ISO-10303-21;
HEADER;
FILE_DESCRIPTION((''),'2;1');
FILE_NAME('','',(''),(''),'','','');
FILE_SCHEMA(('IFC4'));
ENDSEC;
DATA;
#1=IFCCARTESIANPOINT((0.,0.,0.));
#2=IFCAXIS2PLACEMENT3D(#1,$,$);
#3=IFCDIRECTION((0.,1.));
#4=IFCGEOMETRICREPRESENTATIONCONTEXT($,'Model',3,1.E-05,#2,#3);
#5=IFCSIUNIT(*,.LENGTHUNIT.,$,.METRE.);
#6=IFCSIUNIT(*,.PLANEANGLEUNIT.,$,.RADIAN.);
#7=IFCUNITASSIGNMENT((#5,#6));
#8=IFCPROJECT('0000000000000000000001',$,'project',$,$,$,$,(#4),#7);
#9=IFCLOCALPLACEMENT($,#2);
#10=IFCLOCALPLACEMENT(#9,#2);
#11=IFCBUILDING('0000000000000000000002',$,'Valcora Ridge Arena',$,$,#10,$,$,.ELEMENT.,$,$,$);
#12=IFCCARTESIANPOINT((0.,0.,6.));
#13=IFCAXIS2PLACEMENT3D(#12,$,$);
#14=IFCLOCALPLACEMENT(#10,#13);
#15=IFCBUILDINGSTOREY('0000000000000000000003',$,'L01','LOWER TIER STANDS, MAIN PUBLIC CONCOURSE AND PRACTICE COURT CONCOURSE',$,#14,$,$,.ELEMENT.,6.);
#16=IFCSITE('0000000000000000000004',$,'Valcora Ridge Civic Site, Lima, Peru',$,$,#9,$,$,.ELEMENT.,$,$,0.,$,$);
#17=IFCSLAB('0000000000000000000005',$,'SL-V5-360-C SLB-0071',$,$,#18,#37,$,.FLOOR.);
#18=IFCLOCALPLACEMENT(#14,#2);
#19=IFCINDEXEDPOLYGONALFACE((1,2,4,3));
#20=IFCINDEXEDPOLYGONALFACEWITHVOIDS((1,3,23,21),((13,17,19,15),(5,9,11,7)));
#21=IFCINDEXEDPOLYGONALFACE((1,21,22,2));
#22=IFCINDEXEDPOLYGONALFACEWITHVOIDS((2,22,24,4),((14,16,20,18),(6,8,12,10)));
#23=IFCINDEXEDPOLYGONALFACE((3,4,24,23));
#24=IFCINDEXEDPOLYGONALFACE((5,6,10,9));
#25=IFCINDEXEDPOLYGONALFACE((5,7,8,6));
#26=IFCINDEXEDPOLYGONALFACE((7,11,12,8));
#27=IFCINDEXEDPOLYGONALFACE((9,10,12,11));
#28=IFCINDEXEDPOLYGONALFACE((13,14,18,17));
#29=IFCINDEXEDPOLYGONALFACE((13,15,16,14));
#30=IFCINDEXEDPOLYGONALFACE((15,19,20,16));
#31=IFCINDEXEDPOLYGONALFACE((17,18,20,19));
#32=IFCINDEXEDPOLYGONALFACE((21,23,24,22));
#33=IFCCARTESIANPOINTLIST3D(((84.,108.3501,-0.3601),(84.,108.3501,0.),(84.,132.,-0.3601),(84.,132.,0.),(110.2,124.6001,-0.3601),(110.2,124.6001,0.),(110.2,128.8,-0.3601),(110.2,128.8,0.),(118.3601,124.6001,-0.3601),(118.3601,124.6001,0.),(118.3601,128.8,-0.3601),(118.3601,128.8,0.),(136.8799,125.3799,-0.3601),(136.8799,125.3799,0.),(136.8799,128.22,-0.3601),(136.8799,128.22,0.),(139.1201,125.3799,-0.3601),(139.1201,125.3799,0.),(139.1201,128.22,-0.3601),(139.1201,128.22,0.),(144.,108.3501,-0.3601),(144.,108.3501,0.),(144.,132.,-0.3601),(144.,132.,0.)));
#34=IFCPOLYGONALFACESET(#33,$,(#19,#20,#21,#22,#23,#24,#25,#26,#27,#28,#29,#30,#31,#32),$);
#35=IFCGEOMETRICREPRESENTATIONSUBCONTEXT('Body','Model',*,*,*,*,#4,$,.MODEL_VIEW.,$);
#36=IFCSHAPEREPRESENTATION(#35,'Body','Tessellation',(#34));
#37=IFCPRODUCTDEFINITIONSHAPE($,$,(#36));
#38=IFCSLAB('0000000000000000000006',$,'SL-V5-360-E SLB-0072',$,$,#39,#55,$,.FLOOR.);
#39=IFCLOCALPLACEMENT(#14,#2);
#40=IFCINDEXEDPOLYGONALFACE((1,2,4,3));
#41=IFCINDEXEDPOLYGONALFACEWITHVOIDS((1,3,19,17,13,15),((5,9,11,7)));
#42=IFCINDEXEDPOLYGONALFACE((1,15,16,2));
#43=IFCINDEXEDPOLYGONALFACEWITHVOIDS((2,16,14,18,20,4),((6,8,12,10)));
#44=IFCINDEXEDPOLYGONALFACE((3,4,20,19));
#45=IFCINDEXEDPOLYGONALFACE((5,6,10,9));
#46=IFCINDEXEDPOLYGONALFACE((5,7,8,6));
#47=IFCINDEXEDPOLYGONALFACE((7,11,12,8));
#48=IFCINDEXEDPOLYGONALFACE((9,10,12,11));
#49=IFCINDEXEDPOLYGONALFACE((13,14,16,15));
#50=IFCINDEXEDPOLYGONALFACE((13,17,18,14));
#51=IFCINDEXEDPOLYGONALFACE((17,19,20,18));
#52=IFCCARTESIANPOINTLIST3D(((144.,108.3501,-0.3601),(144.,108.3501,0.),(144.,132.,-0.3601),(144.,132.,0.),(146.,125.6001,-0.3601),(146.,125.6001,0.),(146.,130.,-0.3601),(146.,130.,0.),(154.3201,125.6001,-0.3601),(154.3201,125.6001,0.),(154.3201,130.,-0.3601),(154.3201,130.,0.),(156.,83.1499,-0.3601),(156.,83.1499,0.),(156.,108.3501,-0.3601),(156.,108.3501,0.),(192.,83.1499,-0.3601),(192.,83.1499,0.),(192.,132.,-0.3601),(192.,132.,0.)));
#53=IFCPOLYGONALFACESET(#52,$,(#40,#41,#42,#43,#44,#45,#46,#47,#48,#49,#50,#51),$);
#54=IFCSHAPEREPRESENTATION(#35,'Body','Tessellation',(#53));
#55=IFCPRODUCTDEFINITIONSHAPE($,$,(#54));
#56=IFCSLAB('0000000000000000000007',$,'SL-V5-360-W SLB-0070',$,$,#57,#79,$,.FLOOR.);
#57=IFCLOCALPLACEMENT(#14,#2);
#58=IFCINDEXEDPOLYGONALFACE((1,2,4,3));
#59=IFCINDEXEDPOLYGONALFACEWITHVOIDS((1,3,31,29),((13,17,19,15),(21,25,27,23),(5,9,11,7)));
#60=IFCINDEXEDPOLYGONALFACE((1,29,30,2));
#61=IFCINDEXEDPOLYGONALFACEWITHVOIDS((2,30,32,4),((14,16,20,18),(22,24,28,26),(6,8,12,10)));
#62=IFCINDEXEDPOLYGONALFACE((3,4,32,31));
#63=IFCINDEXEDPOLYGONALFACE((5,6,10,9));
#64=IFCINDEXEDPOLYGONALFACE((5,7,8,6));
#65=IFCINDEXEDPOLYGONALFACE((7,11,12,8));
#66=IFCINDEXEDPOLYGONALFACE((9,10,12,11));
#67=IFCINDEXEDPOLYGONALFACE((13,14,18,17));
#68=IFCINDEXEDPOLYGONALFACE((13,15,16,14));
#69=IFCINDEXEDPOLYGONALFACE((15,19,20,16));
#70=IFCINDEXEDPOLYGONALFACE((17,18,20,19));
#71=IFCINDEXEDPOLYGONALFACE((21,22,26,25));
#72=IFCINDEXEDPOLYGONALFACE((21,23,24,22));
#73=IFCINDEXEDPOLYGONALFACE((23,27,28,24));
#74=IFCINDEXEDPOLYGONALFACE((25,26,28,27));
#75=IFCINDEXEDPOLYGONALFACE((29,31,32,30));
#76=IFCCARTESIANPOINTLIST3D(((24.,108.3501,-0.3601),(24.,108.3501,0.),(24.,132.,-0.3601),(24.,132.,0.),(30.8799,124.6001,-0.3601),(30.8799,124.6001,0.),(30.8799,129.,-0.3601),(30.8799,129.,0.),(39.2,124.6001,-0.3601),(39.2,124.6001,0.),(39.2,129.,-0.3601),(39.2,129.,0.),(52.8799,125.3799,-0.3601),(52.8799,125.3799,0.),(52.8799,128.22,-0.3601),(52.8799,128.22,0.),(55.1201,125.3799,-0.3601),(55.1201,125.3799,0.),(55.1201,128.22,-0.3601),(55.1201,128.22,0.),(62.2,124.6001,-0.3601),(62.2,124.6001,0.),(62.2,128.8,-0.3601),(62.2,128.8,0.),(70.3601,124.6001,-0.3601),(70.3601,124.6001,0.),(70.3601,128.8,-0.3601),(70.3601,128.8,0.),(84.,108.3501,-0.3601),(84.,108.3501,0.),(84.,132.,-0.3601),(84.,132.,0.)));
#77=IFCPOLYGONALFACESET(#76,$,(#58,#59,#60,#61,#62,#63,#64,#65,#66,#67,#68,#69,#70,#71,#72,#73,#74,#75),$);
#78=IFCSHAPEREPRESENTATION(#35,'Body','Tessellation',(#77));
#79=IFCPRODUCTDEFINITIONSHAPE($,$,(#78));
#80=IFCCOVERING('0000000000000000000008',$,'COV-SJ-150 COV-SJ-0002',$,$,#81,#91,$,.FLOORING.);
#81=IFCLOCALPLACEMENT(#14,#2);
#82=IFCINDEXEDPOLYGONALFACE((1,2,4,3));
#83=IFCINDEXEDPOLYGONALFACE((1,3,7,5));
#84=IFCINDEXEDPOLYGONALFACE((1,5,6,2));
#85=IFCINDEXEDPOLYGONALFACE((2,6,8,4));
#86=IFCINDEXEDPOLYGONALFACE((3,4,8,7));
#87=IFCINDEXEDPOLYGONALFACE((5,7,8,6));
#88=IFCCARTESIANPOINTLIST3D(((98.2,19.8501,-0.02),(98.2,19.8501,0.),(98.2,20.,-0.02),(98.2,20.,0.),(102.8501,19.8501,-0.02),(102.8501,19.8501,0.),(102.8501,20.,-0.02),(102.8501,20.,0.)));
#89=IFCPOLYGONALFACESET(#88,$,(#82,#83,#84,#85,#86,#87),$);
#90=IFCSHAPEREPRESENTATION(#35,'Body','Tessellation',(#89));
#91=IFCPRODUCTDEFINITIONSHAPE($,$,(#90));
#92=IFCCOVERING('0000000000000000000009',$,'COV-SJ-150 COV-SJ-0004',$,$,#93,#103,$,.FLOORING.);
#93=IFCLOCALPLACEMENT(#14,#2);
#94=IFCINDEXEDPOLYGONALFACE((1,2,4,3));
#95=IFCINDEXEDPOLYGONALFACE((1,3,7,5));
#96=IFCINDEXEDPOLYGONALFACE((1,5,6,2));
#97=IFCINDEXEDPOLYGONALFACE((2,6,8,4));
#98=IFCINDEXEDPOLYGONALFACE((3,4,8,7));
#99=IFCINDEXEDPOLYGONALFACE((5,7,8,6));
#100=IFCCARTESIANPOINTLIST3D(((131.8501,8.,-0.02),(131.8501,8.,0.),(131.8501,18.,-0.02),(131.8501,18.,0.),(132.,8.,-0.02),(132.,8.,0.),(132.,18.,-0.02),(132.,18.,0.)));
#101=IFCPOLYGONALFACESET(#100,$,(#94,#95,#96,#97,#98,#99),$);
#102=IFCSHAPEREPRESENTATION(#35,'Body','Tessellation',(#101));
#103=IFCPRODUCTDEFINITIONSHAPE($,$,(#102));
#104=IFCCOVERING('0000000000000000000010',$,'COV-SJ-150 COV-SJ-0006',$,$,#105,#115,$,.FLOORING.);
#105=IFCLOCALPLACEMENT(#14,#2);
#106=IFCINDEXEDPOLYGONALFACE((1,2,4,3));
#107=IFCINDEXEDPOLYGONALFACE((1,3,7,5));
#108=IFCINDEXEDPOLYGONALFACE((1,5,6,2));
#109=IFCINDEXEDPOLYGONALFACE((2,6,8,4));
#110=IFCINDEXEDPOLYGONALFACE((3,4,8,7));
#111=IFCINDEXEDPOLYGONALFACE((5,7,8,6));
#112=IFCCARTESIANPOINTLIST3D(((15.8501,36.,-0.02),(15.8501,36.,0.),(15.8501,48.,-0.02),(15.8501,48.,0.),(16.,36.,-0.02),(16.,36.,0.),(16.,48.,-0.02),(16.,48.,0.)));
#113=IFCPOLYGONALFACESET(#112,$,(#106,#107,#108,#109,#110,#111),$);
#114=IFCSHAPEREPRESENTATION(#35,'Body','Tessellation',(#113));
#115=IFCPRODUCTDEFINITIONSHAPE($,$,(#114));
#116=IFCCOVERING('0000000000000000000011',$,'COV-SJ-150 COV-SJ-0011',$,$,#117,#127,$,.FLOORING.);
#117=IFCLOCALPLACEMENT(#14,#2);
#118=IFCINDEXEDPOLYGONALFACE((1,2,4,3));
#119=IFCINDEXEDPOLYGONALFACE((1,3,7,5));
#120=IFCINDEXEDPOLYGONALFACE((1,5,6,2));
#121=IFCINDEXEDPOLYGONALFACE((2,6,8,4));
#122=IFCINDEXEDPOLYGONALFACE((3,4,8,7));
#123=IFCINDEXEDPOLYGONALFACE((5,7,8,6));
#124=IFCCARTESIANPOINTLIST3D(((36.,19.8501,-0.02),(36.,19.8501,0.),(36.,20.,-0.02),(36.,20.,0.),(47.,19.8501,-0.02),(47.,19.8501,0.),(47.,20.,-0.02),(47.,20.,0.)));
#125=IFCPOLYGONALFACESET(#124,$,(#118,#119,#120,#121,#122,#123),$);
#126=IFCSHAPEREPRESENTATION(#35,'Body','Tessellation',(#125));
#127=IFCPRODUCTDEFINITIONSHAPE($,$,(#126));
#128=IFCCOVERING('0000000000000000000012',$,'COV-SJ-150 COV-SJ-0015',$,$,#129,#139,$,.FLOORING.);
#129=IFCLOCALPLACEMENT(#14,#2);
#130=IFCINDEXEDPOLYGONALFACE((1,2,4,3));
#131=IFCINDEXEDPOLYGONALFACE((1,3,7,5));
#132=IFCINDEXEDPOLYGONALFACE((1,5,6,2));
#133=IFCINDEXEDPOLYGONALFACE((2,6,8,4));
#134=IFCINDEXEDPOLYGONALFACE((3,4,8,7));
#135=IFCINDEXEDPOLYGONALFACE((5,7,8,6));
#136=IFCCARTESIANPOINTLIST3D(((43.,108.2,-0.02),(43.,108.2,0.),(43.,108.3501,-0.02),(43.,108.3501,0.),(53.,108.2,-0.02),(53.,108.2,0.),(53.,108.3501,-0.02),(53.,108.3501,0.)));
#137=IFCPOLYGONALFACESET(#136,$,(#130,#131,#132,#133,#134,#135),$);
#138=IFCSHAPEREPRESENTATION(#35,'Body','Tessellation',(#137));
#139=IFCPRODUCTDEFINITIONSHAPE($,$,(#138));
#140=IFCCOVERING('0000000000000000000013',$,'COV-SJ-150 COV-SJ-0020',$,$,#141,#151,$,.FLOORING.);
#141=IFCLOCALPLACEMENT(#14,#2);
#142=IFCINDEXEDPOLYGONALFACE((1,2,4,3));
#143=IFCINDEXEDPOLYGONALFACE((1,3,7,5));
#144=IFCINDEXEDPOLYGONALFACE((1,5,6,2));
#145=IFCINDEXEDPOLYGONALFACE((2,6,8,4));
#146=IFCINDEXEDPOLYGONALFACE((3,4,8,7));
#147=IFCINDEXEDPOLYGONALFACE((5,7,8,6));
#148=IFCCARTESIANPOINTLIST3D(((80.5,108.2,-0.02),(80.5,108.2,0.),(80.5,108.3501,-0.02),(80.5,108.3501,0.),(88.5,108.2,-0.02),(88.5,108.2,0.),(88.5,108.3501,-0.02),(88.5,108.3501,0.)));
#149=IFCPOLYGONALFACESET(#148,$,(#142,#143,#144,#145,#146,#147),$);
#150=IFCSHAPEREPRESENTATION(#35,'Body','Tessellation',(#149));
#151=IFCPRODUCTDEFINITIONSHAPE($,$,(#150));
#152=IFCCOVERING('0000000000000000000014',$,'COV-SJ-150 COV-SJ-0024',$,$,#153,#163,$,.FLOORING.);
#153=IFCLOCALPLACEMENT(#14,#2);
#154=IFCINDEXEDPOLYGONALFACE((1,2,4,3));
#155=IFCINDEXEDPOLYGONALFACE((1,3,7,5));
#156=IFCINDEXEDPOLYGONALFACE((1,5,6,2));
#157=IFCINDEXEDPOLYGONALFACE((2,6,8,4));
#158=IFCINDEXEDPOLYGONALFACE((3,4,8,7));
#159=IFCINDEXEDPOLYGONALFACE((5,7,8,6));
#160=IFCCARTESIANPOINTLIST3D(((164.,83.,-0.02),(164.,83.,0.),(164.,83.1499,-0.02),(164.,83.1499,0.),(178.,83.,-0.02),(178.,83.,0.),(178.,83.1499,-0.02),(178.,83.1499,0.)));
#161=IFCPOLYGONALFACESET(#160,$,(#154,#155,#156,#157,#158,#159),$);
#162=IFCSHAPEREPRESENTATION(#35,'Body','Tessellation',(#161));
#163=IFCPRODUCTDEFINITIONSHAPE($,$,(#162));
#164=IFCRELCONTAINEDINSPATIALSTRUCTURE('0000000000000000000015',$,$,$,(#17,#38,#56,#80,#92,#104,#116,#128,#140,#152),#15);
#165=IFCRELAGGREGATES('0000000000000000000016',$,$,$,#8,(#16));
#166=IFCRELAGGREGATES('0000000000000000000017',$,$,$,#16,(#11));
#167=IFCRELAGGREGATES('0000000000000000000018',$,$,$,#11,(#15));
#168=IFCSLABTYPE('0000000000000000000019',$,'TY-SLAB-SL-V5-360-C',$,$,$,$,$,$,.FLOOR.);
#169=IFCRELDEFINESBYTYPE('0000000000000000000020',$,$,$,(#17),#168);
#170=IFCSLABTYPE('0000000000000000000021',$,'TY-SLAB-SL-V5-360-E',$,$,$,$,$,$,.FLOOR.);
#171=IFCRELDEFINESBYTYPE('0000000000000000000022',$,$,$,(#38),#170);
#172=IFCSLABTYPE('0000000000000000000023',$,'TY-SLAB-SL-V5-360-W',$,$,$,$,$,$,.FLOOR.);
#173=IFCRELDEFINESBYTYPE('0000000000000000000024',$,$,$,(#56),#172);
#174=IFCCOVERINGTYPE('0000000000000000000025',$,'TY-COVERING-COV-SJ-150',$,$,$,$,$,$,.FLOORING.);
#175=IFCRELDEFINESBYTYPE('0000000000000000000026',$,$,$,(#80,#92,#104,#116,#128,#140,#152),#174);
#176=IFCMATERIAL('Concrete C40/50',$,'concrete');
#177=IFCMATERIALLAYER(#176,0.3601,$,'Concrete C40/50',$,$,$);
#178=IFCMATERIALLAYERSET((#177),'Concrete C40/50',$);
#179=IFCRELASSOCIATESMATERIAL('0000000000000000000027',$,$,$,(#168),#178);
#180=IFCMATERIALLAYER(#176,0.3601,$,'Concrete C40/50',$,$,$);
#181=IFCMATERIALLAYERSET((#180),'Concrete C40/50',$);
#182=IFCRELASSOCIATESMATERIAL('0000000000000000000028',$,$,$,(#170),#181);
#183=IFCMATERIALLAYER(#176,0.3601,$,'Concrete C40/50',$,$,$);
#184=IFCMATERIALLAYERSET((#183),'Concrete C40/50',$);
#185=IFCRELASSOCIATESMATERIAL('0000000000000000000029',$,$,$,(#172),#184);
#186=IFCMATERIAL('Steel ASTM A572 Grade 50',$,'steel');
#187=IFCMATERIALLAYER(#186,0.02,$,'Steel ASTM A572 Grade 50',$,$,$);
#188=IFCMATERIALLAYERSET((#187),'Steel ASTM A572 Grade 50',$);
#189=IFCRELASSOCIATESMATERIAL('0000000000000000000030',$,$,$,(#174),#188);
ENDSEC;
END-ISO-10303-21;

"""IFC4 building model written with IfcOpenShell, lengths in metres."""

from ifc_helpers import new_model, si_unit, direction, frame, origin, place, context, subcontext, project, spatial, polyline, outline, extrude, material, layer, layer_set, type_object, element, save


model = new_model("IFC4")

# Units and contexts
model_context = context("Model", 3, precision=1e-05, world=origin(), true_north=direction((0.0, 1.0)))
body_context = subcontext(model_context, "Body", "Model", "MODEL_VIEW")
ifc_project = project(units=[si_unit("LENGTHUNIT", "METRE"), si_unit("PLANEANGLEUNIT", "RADIAN")], contexts=[model_context])

# Site, building, storey
site_placement = place(None, origin())
site = spatial("IfcSite", under=ifc_project, at=site_placement, Name="Valcora Ridge Civic Site, Lima, Peru", CompositionType="ELEMENT", RefElevation=0.0)
building_placement = place(site_placement, origin())
building = spatial("IfcBuilding", under=site, at=building_placement, Name="Valcora Ridge Arena", CompositionType="ELEMENT")
storey_placement = place(building_placement, frame((0.0, 0.0, 6.0)))
storey = spatial("IfcBuildingStorey", under=building, at=storey_placement, Name="L01", Description="LOWER TIER STANDS, MAIN PUBLIC CONCOURSE AND PRACTICE COURT CONCOURSE", CompositionType="ELEMENT", Elevation=6.0)

# Slabs
ifc_material_1 = material(Name="Concrete C40/50", Category="concrete")
ifc_layer_1 = layer(ifc_material_1, 0.3601, Name="Concrete C40/50")
ifc_layer_set_1 = layer_set([ifc_layer_1], Name="Concrete C40/50")
slab_type_1 = type_object("IfcSlabType", Name="TY-SLAB-SL-V5-360-C", PredefinedType="FLOOR", material=ifc_layer_set_1)
slab_1_placement = place(storey_placement, frame((0.0, 0.0, -0.3601)))
element("IfcSlab", 1, at=slab_1_placement, inside=storey, type_object=slab_type_1, Name="SL-V5-360-C SLB-0071", PredefinedType="FLOOR", context=body_context, shape_type="SweptSolid", body=[
    extrude(outline(polyline([(84.0, 132.0), (84.0, 108.3501), (144.0, 108.3501), (144.0, 132.0), (84.0, 132.0)]), holes=[polyline([(118.3601, 128.8), (110.2, 128.8), (110.2, 124.6001), (118.3601, 124.6001), (118.3601, 128.8)]), polyline([(139.1201, 128.22), (136.8799, 128.22), (136.8799, 125.3799), (139.1201, 125.3799), (139.1201, 128.22)])]), origin(), (0.0, 0.0, 1.0), 0.3601),
])
ifc_layer_2 = layer(ifc_material_1, 0.3601, Name="Concrete C40/50")
ifc_layer_set_2 = layer_set([ifc_layer_2], Name="Concrete C40/50")
slab_type_2 = type_object("IfcSlabType", Name="TY-SLAB-SL-V5-360-E", PredefinedType="FLOOR", material=ifc_layer_set_2)
slab_2_placement = place(storey_placement, frame((0.0, 0.0, -0.3601)))
element("IfcSlab", 2, at=slab_2_placement, inside=storey, type_object=slab_type_2, Name="SL-V5-360-E SLB-0072", PredefinedType="FLOOR", context=body_context, shape_type="SweptSolid", body=[
    extrude(outline(polyline([(156.0, 108.3501), (156.0, 83.1499), (192.0, 83.1499), (192.0, 132.0), (144.0, 132.0), (144.0, 108.3501), (156.0, 108.3501)]), holes=[polyline([(154.3201, 130.0), (146.0, 130.0), (146.0, 125.6001), (154.3201, 125.6001), (154.3201, 130.0)])]), origin(), (0.0, 0.0, 1.0), 0.3601),
])
ifc_layer_3 = layer(ifc_material_1, 0.3601, Name="Concrete C40/50")
ifc_layer_set_3 = layer_set([ifc_layer_3], Name="Concrete C40/50")
slab_type_3 = type_object("IfcSlabType", Name="TY-SLAB-SL-V5-360-W", PredefinedType="FLOOR", material=ifc_layer_set_3)
slab_3_placement = place(storey_placement, frame((0.0, 0.0, -0.3601)))
element("IfcSlab", 3, at=slab_3_placement, inside=storey, type_object=slab_type_3, Name="SL-V5-360-W SLB-0070", PredefinedType="FLOOR", context=body_context, shape_type="SweptSolid", body=[
    extrude(outline(polyline([(24.0, 132.0), (24.0, 108.3501), (84.0, 108.3501), (84.0, 132.0), (24.0, 132.0)]), holes=[polyline([(39.2, 129.0), (30.8799, 129.0), (30.8799, 124.6001), (39.2, 124.6001), (39.2, 129.0)]), polyline([(62.2, 128.8), (62.2, 124.6001), (70.3601, 124.6001), (70.3601, 128.8), (62.2, 128.8)]), polyline([(55.1201, 128.22), (52.8799, 128.22), (52.8799, 125.3799), (55.1201, 125.3799), (55.1201, 128.22)])]), origin(), (0.0, 0.0, 1.0), 0.3601),
])

# Coverings
ifc_material_2 = material(Name="Steel ASTM A572 Grade 50", Category="steel")
ifc_layer_4 = layer(ifc_material_2, 0.02, Name="Steel ASTM A572 Grade 50")
ifc_layer_set_4 = layer_set([ifc_layer_4], Name="Steel ASTM A572 Grade 50")
covering_type = type_object("IfcCoveringType", Name="TY-COVERING-COV-SJ-150", PredefinedType="FLOORING", material=ifc_layer_set_4)
covering_1_placement = place(storey_placement, frame((0.0, 0.0, -0.02)))
element("IfcCovering", 4, at=covering_1_placement, inside=storey, type_object=covering_type, Name="COV-SJ-150 COV-SJ-0002", PredefinedType="FLOORING", context=body_context, shape_type="SweptSolid", body=[
    extrude(outline(polyline([(98.2, 19.8501), (102.8501, 19.8501), (102.8501, 20.0), (98.2, 20.0), (98.2, 19.8501)])), origin(), (0.0, 0.0, 1.0), 0.02),
])
covering_2_placement = place(storey_placement, frame((0.0, 0.0, -0.02)))
element("IfcCovering", 5, at=covering_2_placement, inside=storey, type_object=covering_type, Name="COV-SJ-150 COV-SJ-0004", PredefinedType="FLOORING", context=body_context, shape_type="SweptSolid", body=[
    extrude(outline(polyline([(131.8501, 8.0), (132.0, 8.0), (132.0, 18.0), (131.8501, 18.0), (131.8501, 8.0)])), origin(), (0.0, 0.0, 1.0), 0.02),
])
covering_3_placement = place(storey_placement, frame((0.0, 0.0, -0.02)))
element("IfcCovering", 6, at=covering_3_placement, inside=storey, type_object=covering_type, Name="COV-SJ-150 COV-SJ-0006", PredefinedType="FLOORING", context=body_context, shape_type="SweptSolid", body=[
    extrude(outline(polyline([(15.8501, 36.0), (16.0, 36.0), (16.0, 48.0), (15.8501, 48.0), (15.8501, 36.0)])), origin(), (0.0, 0.0, 1.0), 0.02),
])
covering_4_placement = place(storey_placement, frame((0.0, 0.0, -0.02)))
element("IfcCovering", 7, at=covering_4_placement, inside=storey, type_object=covering_type, Name="COV-SJ-150 COV-SJ-0011", PredefinedType="FLOORING", context=body_context, shape_type="SweptSolid", body=[
    extrude(outline(polyline([(36.0, 19.8501), (47.0, 19.8501), (47.0, 20.0), (36.0, 20.0), (36.0, 19.8501)])), origin(), (0.0, 0.0, 1.0), 0.02),
])
covering_5_placement = place(storey_placement, frame((0.0, 0.0, -0.02)))
element("IfcCovering", 8, at=covering_5_placement, inside=storey, type_object=covering_type, Name="COV-SJ-150 COV-SJ-0015", PredefinedType="FLOORING", context=body_context, shape_type="SweptSolid", body=[
    extrude(outline(polyline([(43.0, 108.2), (53.0, 108.2), (53.0, 108.3501), (43.0, 108.3501), (43.0, 108.2)])), origin(), (0.0, 0.0, 1.0), 0.02),
])
covering_6_placement = place(storey_placement, frame((0.0, 0.0, -0.02)))
element("IfcCovering", 9, at=covering_6_placement, inside=storey, type_object=covering_type, Name="COV-SJ-150 COV-SJ-0020", PredefinedType="FLOORING", context=body_context, shape_type="SweptSolid", body=[
    extrude(outline(polyline([(80.5, 108.2), (88.5, 108.2), (88.5, 108.3501), (80.5, 108.3501), (80.5, 108.2)])), origin(), (0.0, 0.0, 1.0), 0.02),
])
covering_7_placement = place(storey_placement, frame((0.0, 0.0, -0.02)))
element("IfcCovering", 10, at=covering_7_placement, inside=storey, type_object=covering_type, Name="COV-SJ-150 COV-SJ-0024", PredefinedType="FLOORING", context=body_context, shape_type="SweptSolid", body=[
    extrude(outline(polyline([(164.0, 83.0), (178.0, 83.0), (178.0, 83.1499), (164.0, 83.1499), (164.0, 83.0)])), origin(), (0.0, 0.0, 1.0), 0.02),
])

save(model, "model.ifc")
